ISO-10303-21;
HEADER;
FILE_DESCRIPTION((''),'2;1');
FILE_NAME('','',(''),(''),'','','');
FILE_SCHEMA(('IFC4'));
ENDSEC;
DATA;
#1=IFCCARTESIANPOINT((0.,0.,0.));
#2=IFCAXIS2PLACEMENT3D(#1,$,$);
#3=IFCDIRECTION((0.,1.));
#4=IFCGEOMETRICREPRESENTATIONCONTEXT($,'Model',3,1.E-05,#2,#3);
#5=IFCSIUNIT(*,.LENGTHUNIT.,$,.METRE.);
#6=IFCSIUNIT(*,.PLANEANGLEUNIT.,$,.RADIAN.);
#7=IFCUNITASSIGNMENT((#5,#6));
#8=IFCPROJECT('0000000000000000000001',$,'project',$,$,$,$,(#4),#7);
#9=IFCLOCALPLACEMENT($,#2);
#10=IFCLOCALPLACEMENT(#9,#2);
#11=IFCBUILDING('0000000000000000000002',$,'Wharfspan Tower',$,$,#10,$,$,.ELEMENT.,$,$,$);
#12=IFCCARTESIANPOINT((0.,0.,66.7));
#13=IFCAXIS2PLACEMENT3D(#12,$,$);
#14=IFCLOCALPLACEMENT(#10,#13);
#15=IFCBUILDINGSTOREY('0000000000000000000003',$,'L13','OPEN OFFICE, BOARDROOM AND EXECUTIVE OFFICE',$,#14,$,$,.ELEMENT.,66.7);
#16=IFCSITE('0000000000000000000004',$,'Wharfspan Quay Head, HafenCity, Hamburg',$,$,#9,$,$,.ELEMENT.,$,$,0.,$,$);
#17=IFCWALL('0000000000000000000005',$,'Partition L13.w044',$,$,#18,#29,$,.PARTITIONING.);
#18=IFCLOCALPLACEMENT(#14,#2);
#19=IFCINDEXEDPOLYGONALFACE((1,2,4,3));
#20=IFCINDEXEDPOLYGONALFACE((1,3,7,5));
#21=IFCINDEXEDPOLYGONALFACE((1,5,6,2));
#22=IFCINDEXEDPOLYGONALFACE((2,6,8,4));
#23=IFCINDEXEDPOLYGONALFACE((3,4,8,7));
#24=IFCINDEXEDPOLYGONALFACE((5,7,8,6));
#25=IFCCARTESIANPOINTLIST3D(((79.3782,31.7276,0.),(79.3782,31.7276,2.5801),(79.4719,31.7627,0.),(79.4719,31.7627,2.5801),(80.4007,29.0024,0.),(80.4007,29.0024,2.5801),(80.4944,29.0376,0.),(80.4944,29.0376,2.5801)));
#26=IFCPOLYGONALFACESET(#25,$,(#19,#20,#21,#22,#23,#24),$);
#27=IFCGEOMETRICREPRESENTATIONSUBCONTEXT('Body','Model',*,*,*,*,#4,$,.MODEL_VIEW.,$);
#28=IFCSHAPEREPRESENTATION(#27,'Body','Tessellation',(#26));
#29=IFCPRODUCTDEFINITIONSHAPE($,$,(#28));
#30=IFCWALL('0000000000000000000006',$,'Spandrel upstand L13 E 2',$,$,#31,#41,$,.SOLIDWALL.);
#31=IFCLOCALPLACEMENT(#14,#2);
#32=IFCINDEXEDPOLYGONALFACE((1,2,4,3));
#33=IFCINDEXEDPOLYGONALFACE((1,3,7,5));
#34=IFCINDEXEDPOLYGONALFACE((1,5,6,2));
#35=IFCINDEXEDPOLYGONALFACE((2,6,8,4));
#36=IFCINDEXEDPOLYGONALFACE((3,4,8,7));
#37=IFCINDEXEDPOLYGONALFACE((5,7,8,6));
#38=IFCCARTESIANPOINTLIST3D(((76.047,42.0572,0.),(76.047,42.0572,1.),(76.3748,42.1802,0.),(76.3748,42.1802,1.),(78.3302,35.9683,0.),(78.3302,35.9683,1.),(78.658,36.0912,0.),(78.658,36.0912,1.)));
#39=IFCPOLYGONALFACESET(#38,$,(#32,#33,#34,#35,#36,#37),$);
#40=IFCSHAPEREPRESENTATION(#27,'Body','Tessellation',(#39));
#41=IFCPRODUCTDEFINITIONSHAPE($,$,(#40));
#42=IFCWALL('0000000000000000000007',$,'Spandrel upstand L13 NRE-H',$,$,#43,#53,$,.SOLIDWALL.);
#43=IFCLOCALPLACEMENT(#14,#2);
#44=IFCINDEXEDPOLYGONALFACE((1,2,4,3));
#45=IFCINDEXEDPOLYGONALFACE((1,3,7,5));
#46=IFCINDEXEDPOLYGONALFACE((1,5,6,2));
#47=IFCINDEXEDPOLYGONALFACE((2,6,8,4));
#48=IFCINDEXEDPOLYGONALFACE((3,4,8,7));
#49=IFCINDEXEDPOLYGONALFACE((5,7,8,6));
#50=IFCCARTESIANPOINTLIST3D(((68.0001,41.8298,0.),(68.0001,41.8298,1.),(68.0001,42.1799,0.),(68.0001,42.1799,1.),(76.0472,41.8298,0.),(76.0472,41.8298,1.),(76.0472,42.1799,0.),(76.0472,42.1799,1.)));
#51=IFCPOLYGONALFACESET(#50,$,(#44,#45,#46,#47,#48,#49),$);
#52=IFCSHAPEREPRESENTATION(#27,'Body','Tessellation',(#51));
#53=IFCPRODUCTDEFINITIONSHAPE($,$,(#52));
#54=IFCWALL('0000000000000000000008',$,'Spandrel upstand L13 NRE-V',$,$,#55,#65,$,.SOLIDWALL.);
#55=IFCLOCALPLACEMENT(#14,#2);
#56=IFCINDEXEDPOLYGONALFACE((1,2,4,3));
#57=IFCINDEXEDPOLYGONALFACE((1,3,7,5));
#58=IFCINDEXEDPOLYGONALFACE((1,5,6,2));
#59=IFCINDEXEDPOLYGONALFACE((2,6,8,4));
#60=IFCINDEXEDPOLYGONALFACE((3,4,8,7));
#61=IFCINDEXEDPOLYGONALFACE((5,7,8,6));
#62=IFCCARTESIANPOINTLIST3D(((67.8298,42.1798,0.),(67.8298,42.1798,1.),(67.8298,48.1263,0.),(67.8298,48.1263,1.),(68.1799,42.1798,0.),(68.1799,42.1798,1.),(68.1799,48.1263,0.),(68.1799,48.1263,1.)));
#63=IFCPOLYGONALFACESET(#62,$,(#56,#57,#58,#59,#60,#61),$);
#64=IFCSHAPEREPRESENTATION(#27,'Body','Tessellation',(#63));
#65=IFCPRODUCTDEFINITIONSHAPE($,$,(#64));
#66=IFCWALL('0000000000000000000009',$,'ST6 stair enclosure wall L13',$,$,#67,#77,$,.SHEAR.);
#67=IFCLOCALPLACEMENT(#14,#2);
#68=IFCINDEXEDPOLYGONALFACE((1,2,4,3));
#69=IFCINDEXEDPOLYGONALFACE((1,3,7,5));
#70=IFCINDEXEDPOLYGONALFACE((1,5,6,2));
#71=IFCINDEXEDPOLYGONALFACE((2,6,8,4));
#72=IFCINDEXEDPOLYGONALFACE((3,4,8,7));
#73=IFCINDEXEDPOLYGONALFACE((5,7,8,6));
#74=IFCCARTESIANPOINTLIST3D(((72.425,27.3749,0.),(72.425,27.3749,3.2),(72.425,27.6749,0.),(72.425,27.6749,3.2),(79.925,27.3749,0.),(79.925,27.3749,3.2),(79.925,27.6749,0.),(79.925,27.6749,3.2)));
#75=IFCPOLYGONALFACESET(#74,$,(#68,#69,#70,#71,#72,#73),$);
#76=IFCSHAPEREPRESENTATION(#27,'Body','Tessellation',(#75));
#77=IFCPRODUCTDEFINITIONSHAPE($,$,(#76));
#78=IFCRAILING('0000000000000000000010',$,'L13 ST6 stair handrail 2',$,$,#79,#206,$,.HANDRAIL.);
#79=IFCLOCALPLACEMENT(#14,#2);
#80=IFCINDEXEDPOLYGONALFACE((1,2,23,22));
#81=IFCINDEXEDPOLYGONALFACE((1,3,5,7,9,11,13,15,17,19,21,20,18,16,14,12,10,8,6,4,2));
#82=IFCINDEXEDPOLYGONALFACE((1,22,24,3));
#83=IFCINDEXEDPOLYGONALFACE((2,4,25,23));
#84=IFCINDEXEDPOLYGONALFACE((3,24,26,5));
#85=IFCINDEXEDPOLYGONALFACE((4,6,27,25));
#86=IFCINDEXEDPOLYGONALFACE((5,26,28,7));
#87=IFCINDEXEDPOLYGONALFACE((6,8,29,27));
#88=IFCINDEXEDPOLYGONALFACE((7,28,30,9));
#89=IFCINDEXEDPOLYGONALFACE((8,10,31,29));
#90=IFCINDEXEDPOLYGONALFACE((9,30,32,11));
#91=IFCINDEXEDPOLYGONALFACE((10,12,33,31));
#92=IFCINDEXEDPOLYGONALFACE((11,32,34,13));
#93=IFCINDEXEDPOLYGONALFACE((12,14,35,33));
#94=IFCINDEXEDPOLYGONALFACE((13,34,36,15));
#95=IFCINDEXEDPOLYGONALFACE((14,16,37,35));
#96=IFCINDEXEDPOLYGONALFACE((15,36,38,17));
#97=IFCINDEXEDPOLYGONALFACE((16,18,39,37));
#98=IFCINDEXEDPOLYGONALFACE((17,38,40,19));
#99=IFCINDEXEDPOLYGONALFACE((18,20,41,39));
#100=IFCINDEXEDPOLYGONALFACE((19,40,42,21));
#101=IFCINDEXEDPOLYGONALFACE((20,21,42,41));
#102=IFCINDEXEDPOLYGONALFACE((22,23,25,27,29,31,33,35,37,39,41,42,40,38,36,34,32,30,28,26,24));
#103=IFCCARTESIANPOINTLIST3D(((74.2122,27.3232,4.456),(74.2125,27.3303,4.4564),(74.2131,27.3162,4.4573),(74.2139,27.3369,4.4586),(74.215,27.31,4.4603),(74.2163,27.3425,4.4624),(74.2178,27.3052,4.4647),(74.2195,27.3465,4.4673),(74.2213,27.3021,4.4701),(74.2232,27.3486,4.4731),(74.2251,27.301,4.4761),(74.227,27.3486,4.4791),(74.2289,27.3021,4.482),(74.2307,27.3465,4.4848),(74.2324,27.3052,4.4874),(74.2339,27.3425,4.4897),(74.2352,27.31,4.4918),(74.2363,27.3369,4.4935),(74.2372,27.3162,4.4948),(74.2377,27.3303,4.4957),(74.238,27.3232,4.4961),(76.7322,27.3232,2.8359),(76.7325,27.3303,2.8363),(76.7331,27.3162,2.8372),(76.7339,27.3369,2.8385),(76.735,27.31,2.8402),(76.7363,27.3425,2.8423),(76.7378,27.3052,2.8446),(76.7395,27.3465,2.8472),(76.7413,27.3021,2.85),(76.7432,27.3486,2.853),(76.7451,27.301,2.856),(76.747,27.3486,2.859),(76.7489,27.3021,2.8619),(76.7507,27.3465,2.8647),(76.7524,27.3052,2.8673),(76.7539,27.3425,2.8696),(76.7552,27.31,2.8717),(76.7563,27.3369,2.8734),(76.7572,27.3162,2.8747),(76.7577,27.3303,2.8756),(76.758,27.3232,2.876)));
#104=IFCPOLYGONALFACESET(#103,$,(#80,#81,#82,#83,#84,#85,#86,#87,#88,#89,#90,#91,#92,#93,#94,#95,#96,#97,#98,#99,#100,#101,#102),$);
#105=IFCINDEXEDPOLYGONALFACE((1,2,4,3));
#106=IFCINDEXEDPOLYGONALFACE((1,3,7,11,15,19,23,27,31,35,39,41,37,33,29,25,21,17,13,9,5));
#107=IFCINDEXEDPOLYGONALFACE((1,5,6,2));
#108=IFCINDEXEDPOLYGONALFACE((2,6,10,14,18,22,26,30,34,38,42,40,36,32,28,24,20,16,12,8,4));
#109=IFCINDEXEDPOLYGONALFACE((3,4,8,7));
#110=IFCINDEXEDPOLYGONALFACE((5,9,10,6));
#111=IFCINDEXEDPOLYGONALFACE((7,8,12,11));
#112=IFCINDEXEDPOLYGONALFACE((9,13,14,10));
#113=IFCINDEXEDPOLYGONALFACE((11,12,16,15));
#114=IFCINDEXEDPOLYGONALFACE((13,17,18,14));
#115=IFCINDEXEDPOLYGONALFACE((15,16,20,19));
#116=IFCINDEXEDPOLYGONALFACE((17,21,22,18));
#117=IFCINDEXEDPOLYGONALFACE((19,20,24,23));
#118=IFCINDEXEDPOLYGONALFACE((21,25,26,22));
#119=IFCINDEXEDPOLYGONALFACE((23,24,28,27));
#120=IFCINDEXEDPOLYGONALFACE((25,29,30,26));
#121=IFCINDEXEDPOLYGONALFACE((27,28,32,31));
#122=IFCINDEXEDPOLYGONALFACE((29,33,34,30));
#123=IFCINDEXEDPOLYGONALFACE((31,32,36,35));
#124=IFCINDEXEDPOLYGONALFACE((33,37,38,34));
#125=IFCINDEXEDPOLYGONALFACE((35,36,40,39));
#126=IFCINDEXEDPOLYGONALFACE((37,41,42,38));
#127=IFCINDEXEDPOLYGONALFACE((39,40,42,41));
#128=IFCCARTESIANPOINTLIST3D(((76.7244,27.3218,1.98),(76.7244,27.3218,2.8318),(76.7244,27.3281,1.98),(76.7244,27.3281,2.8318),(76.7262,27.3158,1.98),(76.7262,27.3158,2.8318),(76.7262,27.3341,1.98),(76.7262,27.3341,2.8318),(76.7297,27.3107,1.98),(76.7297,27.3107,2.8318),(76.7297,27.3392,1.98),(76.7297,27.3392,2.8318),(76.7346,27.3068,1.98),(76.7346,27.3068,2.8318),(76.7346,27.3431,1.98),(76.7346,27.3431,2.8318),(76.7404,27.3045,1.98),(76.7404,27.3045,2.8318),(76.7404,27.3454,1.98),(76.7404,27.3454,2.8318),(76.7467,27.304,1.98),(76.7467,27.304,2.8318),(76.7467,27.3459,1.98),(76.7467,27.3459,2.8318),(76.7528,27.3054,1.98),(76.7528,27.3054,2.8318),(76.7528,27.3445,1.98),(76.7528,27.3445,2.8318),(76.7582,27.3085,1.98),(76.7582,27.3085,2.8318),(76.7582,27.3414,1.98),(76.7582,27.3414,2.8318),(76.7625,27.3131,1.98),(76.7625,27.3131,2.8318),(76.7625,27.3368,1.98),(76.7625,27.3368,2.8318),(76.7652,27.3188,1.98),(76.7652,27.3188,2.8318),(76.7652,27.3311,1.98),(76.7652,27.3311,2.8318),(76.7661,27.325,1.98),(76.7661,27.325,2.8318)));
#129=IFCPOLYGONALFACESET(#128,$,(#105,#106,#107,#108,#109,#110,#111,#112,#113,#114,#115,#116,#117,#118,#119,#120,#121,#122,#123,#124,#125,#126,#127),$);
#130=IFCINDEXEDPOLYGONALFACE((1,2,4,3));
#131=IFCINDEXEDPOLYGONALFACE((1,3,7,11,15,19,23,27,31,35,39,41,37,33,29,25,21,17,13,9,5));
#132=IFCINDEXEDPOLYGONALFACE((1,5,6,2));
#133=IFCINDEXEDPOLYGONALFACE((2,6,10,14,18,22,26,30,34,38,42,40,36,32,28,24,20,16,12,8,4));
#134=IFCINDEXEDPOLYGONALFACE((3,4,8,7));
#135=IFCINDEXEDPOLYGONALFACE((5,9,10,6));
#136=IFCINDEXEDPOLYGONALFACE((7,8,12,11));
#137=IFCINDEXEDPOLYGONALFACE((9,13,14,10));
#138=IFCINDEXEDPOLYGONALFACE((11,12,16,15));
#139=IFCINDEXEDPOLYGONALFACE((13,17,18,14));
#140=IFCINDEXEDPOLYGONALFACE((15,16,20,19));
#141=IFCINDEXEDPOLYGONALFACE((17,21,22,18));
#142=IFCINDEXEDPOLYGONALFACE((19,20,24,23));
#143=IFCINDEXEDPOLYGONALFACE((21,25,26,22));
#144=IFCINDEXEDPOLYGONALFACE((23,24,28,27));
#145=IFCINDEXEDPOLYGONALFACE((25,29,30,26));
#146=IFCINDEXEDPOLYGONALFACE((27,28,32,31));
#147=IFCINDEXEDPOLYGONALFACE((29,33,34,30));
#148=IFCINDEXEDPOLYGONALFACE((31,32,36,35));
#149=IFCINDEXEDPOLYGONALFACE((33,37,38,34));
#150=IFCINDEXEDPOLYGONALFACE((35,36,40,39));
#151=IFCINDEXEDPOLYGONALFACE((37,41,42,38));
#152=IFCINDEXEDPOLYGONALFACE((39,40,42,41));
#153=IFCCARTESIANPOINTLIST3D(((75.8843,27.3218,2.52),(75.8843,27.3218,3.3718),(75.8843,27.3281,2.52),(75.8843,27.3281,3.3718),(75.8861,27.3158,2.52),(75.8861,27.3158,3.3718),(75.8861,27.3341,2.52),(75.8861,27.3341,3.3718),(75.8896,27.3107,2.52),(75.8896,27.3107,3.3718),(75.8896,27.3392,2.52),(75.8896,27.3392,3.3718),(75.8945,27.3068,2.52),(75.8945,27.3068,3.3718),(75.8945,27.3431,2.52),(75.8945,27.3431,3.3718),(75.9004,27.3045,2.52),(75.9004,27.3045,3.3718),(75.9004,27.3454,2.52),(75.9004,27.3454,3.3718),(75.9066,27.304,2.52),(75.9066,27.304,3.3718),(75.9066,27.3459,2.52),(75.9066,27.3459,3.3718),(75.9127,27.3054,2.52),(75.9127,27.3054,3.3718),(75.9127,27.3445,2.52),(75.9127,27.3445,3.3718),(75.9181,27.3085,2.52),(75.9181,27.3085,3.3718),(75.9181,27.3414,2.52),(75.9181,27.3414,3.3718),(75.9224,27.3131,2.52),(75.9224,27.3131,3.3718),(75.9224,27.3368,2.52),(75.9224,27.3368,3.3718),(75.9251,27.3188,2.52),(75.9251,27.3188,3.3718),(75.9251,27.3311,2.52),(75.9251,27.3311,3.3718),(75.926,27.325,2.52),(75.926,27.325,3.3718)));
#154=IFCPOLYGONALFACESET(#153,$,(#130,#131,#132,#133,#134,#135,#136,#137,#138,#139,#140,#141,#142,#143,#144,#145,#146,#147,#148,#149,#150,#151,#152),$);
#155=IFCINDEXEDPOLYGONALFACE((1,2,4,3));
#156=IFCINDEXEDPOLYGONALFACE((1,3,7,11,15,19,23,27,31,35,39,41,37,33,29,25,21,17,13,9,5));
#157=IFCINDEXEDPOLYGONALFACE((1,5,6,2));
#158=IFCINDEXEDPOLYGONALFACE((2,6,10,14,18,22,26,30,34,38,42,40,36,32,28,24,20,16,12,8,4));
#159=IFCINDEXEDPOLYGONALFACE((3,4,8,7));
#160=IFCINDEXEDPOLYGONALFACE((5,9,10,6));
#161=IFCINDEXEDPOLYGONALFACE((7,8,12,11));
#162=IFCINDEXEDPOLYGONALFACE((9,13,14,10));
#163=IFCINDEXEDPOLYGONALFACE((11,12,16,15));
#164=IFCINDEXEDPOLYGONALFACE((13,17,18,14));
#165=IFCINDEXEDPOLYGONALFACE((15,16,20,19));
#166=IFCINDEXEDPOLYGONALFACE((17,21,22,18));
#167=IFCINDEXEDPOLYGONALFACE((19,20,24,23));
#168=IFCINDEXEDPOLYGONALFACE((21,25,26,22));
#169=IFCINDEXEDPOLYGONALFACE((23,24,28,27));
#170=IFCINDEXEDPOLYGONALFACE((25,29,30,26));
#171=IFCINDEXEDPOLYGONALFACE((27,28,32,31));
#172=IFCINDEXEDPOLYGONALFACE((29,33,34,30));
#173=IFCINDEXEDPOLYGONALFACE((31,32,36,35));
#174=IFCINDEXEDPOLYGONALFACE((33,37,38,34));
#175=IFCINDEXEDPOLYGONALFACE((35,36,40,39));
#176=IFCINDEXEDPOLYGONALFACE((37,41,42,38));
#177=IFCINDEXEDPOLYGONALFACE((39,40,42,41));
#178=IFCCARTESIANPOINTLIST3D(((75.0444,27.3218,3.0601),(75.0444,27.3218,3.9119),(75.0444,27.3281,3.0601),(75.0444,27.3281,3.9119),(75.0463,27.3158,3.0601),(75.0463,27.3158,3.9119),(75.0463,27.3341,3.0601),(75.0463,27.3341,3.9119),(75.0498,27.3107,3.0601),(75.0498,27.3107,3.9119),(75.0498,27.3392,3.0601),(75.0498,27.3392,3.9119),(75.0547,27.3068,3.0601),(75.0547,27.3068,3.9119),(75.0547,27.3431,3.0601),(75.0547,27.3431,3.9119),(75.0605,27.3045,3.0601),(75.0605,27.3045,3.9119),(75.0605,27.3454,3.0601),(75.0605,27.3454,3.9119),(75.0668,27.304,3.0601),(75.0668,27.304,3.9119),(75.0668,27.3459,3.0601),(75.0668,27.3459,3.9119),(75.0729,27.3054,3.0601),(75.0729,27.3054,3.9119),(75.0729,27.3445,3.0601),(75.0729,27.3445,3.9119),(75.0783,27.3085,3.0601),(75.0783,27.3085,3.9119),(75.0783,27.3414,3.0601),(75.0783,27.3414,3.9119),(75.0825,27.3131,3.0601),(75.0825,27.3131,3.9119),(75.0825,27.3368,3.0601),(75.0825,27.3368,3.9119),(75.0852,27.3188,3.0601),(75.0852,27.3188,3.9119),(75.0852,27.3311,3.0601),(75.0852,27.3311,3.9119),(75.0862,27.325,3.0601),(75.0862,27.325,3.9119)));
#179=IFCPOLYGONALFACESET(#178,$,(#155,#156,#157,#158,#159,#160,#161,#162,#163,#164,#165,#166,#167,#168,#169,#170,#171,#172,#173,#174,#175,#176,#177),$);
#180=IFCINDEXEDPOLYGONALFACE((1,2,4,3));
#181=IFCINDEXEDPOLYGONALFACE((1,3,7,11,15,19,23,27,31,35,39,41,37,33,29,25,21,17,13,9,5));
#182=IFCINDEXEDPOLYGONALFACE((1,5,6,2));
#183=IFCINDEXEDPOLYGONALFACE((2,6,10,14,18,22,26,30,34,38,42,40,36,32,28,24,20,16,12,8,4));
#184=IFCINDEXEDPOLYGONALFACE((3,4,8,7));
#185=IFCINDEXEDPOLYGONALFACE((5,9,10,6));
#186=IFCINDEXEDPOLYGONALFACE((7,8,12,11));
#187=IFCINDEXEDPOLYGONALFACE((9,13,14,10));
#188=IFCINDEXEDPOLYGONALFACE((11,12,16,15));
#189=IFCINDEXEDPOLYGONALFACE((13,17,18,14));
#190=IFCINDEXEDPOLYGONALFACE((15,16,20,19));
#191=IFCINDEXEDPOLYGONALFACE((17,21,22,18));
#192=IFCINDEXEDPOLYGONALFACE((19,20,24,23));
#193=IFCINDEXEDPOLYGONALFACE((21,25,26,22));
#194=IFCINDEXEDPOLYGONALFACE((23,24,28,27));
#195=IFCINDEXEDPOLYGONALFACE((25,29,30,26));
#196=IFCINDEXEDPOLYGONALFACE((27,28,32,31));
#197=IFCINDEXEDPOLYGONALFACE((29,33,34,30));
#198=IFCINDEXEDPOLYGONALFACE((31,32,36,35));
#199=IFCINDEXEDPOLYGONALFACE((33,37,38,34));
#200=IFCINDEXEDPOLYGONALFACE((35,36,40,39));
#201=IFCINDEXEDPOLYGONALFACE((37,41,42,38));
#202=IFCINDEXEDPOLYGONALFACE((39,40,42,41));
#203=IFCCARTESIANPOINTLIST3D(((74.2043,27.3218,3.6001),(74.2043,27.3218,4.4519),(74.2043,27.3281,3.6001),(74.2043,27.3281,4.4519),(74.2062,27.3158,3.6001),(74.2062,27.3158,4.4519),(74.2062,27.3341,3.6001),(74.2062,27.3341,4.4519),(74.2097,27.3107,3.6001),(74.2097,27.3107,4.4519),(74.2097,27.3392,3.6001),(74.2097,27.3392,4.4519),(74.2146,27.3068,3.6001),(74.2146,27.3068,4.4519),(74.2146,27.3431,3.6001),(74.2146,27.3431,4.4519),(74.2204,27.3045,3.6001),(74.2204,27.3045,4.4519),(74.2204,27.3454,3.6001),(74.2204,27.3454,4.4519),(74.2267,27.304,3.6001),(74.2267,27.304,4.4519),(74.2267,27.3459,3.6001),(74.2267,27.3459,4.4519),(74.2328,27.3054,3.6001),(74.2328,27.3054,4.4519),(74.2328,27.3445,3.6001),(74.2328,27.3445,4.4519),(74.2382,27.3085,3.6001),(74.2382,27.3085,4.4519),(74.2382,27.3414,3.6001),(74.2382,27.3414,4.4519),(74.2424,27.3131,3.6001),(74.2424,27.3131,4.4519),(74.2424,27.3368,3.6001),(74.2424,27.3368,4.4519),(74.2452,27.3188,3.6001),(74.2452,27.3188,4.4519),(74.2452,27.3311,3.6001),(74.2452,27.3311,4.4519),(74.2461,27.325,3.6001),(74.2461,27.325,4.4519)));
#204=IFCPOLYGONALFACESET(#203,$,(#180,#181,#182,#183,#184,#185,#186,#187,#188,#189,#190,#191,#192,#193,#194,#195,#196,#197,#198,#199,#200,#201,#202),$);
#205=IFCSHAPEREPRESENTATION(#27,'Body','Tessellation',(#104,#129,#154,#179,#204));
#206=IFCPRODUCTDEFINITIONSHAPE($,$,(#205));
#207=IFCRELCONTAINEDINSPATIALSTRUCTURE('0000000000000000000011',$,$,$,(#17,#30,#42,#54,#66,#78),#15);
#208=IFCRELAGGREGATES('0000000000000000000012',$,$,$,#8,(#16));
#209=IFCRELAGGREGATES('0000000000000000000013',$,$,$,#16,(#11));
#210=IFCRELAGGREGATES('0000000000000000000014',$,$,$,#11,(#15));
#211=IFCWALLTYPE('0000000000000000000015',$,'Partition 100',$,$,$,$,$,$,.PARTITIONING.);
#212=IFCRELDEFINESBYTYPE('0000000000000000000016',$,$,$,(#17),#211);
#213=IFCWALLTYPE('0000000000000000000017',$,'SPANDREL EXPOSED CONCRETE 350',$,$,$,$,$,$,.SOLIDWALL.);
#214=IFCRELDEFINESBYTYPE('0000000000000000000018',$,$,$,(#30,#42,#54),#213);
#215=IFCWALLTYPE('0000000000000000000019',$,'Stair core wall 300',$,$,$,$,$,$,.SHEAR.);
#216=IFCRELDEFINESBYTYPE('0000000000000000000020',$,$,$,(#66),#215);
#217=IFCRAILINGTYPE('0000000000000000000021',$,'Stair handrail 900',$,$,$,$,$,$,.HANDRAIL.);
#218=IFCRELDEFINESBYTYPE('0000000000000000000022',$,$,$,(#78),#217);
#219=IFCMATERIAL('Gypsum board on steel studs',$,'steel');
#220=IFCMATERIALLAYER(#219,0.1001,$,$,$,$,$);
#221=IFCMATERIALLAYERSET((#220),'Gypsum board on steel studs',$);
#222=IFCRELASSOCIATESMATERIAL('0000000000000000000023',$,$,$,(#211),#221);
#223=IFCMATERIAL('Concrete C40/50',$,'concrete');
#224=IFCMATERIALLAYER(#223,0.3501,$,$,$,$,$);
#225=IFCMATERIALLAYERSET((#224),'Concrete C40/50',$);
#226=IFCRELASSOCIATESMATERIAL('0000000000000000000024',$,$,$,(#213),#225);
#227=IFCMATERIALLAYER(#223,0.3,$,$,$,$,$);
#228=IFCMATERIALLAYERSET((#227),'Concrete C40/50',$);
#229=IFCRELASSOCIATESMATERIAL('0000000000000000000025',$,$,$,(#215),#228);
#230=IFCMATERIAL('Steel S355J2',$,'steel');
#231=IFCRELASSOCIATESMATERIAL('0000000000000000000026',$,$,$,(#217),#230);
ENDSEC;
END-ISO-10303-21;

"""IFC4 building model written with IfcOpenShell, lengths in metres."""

from ifc_helpers import new_model, si_unit, direction, frame, frame_2d, origin, origin_2d, place, context, subcontext, project, spatial, rectangle, circle, extrude, material, layer, layer_set, type_object, element, save


model = new_model("IFC4")

# Units and contexts
model_context = context("Model", 3, precision=1e-05, world=origin(), true_north=direction((0.0, 1.0)))
body_context = subcontext(model_context, "Body", "Model", "MODEL_VIEW")
ifc_project = project(units=[si_unit("LENGTHUNIT", "METRE"), si_unit("PLANEANGLEUNIT", "RADIAN")], contexts=[model_context])

# Site, building, storey
site_placement = place(None, origin())
site = spatial("IfcSite", under=ifc_project, at=site_placement, Name="Wharfspan Quay Head, HafenCity, Hamburg", CompositionType="ELEMENT", RefElevation=0.0)
building_placement = place(site_placement, origin())
building = spatial("IfcBuilding", under=site, at=building_placement, Name="Wharfspan Tower", CompositionType="ELEMENT")
storey_placement = place(building_placement, frame((0.0, 0.0, 66.7)))
storey = spatial("IfcBuildingStorey", under=building, at=storey_placement, Name="L13", Description="OPEN OFFICE, BOARDROOM AND EXECUTIVE OFFICE", CompositionType="ELEMENT", Elevation=66.7)

# Shared definitions
ifc_material_1 = material(Name="Steel S355J2", Category="steel")

# Walls
ifc_material_2 = material(Name="Gypsum board on steel studs", Category="steel")
ifc_layer_1 = layer(ifc_material_2, 0.1001)
ifc_layer_set_1 = layer_set([ifc_layer_1], Name="Gypsum board on steel studs")
wall_type_1 = type_object("IfcWallType", Name="Partition 100", PredefinedType="PARTITIONING", material=ifc_layer_set_1)
wall_1_placement = place(storey_placement, frame((80.4475, 29.02, 0.0), z_axis=(0.0, 0.0, 1.0), x_axis=(-0.35129, 0.93627, 0.0)))
element("IfcWall", 1, at=wall_1_placement, inside=storey, type_object=wall_type_1, Name="Partition L13.w044", PredefinedType="PARTITIONING", context=body_context, shape_type="SweptSolid", body=[
    extrude(rectangle(XDim=2.9106, YDim=0.1001, at=frame_2d((1.4553, 0.0))), origin(), (0.0, 0.0, 1.0), 2.5801),
])
ifc_material_3 = material(Name="Concrete C40/50", Category="concrete")
ifc_layer_2 = layer(ifc_material_3, 0.3501)
ifc_layer_set_2 = layer_set([ifc_layer_2], Name="Concrete C40/50")
wall_type_2 = type_object("IfcWallType", Name="SPANDREL EXPOSED CONCRETE 350", PredefinedType="SOLIDWALL", material=ifc_layer_set_2)
wall_2_placement = place(storey_placement, frame((78.4941, 36.0298, 0.0), z_axis=(0.0, 0.0, 1.0), x_axis=(-0.351108, 0.936338, 0.0)))
element("IfcWall", 2, at=wall_2_placement, inside=storey, type_object=wall_type_2, Name="Spandrel upstand L13 E 2", PredefinedType="SOLIDWALL", context=body_context, shape_type="SweptSolid", body=[
    extrude(rectangle(XDim=6.5029, YDim=0.3501, at=frame_2d((3.2515, 0.0))), origin(), (0.0, 0.0, 1.0), 1.0),
])
wall_3_placement = place(storey_placement, frame((76.0471, 42.0049, 0.0), z_axis=(0.0, 0.0, 1.0), x_axis=(-1.0, 0.0, 0.0)))
element("IfcWall", 3, at=wall_3_placement, inside=storey, type_object=wall_type_2, Name="Spandrel upstand L13 NRE-H", PredefinedType="SOLIDWALL", context=body_context, shape_type="SweptSolid", body=[
    extrude(rectangle(XDim=8.0471, YDim=0.3501, at=frame_2d((4.0234, 0.0))), origin(), (0.0, 0.0, 1.0), 1.0),
])
wall_4_placement = place(storey_placement, frame((68.0049, 42.1799, 0.0), z_axis=(0.0, 0.0, 1.0), x_axis=(0.0, 1.0, 0.0)))
element("IfcWall", 4, at=wall_4_placement, inside=storey, type_object=wall_type_2, Name="Spandrel upstand L13 NRE-V", PredefinedType="SOLIDWALL", context=body_context, shape_type="SweptSolid", body=[
    extrude(rectangle(XDim=5.9465, YDim=0.3501, at=frame_2d((2.9731, 0.0))), origin(), (0.0, 0.0, 1.0), 1.0),
])
ifc_layer_3 = layer(ifc_material_3, 0.3)
ifc_layer_set_3 = layer_set([ifc_layer_3], Name="Concrete C40/50")
wall_type_3 = type_object("IfcWallType", Name="Stair core wall 300", PredefinedType="SHEAR", material=ifc_layer_set_3)
wall_5_placement = place(storey_placement, frame((72.425, 27.5249, 0.0), z_axis=(0.0, 0.0, 1.0), x_axis=(1.0, 0.0, 0.0)))
element("IfcWall", 5, at=wall_5_placement, inside=storey, type_object=wall_type_3, Name="ST6 stair enclosure wall L13", PredefinedType="SHEAR", context=body_context, shape_type="SweptSolid", body=[
    extrude(rectangle(XDim=7.5, YDim=0.3, at=frame_2d((3.75, 0.0))), origin(), (0.0, 0.0, 1.0), 3.2),
])

# Railing
railing_type = type_object("IfcRailingType", Name="Stair handrail 900", PredefinedType="HANDRAIL", material=ifc_material_1)
railing_placement = place(storey_placement, frame((76.7451, 27.325, 1.98)))
element("IfcRailing", 6, at=railing_placement, inside=storey, type_object=railing_type, Name="L13 ST6 stair handrail 2", PredefinedType="HANDRAIL", context=body_context, shape_type="SweptSolid", body=[
    extrude(circle(Radius=0.0239, at=origin_2d()), frame((0.0, 0.0, 0.876), z_axis=(-0.841163, 0.0, 0.540782), x_axis=(0.0, -1.0, 0.0)), (0.0, 0.0, 1.0), 2.9958),
    extrude(circle(Radius=0.021, at=origin_2d()), origin(), (0.0, 0.0, 1.0), 0.8518),
    extrude(circle(Radius=0.021, at=origin_2d()), frame((-0.8401, 0.0, 0.54)), (0.0, 0.0, 1.0), 0.8518),
    extrude(circle(Radius=0.021, at=origin_2d()), frame((-1.6799, 0.0, 1.0801)), (0.0, 0.0, 1.0), 0.8518),
    extrude(circle(Radius=0.021, at=origin_2d()), frame((-2.52, 0.0, 1.6201)), (0.0, 0.0, 1.0), 0.8518),
])

save(model, "model.ifc")
